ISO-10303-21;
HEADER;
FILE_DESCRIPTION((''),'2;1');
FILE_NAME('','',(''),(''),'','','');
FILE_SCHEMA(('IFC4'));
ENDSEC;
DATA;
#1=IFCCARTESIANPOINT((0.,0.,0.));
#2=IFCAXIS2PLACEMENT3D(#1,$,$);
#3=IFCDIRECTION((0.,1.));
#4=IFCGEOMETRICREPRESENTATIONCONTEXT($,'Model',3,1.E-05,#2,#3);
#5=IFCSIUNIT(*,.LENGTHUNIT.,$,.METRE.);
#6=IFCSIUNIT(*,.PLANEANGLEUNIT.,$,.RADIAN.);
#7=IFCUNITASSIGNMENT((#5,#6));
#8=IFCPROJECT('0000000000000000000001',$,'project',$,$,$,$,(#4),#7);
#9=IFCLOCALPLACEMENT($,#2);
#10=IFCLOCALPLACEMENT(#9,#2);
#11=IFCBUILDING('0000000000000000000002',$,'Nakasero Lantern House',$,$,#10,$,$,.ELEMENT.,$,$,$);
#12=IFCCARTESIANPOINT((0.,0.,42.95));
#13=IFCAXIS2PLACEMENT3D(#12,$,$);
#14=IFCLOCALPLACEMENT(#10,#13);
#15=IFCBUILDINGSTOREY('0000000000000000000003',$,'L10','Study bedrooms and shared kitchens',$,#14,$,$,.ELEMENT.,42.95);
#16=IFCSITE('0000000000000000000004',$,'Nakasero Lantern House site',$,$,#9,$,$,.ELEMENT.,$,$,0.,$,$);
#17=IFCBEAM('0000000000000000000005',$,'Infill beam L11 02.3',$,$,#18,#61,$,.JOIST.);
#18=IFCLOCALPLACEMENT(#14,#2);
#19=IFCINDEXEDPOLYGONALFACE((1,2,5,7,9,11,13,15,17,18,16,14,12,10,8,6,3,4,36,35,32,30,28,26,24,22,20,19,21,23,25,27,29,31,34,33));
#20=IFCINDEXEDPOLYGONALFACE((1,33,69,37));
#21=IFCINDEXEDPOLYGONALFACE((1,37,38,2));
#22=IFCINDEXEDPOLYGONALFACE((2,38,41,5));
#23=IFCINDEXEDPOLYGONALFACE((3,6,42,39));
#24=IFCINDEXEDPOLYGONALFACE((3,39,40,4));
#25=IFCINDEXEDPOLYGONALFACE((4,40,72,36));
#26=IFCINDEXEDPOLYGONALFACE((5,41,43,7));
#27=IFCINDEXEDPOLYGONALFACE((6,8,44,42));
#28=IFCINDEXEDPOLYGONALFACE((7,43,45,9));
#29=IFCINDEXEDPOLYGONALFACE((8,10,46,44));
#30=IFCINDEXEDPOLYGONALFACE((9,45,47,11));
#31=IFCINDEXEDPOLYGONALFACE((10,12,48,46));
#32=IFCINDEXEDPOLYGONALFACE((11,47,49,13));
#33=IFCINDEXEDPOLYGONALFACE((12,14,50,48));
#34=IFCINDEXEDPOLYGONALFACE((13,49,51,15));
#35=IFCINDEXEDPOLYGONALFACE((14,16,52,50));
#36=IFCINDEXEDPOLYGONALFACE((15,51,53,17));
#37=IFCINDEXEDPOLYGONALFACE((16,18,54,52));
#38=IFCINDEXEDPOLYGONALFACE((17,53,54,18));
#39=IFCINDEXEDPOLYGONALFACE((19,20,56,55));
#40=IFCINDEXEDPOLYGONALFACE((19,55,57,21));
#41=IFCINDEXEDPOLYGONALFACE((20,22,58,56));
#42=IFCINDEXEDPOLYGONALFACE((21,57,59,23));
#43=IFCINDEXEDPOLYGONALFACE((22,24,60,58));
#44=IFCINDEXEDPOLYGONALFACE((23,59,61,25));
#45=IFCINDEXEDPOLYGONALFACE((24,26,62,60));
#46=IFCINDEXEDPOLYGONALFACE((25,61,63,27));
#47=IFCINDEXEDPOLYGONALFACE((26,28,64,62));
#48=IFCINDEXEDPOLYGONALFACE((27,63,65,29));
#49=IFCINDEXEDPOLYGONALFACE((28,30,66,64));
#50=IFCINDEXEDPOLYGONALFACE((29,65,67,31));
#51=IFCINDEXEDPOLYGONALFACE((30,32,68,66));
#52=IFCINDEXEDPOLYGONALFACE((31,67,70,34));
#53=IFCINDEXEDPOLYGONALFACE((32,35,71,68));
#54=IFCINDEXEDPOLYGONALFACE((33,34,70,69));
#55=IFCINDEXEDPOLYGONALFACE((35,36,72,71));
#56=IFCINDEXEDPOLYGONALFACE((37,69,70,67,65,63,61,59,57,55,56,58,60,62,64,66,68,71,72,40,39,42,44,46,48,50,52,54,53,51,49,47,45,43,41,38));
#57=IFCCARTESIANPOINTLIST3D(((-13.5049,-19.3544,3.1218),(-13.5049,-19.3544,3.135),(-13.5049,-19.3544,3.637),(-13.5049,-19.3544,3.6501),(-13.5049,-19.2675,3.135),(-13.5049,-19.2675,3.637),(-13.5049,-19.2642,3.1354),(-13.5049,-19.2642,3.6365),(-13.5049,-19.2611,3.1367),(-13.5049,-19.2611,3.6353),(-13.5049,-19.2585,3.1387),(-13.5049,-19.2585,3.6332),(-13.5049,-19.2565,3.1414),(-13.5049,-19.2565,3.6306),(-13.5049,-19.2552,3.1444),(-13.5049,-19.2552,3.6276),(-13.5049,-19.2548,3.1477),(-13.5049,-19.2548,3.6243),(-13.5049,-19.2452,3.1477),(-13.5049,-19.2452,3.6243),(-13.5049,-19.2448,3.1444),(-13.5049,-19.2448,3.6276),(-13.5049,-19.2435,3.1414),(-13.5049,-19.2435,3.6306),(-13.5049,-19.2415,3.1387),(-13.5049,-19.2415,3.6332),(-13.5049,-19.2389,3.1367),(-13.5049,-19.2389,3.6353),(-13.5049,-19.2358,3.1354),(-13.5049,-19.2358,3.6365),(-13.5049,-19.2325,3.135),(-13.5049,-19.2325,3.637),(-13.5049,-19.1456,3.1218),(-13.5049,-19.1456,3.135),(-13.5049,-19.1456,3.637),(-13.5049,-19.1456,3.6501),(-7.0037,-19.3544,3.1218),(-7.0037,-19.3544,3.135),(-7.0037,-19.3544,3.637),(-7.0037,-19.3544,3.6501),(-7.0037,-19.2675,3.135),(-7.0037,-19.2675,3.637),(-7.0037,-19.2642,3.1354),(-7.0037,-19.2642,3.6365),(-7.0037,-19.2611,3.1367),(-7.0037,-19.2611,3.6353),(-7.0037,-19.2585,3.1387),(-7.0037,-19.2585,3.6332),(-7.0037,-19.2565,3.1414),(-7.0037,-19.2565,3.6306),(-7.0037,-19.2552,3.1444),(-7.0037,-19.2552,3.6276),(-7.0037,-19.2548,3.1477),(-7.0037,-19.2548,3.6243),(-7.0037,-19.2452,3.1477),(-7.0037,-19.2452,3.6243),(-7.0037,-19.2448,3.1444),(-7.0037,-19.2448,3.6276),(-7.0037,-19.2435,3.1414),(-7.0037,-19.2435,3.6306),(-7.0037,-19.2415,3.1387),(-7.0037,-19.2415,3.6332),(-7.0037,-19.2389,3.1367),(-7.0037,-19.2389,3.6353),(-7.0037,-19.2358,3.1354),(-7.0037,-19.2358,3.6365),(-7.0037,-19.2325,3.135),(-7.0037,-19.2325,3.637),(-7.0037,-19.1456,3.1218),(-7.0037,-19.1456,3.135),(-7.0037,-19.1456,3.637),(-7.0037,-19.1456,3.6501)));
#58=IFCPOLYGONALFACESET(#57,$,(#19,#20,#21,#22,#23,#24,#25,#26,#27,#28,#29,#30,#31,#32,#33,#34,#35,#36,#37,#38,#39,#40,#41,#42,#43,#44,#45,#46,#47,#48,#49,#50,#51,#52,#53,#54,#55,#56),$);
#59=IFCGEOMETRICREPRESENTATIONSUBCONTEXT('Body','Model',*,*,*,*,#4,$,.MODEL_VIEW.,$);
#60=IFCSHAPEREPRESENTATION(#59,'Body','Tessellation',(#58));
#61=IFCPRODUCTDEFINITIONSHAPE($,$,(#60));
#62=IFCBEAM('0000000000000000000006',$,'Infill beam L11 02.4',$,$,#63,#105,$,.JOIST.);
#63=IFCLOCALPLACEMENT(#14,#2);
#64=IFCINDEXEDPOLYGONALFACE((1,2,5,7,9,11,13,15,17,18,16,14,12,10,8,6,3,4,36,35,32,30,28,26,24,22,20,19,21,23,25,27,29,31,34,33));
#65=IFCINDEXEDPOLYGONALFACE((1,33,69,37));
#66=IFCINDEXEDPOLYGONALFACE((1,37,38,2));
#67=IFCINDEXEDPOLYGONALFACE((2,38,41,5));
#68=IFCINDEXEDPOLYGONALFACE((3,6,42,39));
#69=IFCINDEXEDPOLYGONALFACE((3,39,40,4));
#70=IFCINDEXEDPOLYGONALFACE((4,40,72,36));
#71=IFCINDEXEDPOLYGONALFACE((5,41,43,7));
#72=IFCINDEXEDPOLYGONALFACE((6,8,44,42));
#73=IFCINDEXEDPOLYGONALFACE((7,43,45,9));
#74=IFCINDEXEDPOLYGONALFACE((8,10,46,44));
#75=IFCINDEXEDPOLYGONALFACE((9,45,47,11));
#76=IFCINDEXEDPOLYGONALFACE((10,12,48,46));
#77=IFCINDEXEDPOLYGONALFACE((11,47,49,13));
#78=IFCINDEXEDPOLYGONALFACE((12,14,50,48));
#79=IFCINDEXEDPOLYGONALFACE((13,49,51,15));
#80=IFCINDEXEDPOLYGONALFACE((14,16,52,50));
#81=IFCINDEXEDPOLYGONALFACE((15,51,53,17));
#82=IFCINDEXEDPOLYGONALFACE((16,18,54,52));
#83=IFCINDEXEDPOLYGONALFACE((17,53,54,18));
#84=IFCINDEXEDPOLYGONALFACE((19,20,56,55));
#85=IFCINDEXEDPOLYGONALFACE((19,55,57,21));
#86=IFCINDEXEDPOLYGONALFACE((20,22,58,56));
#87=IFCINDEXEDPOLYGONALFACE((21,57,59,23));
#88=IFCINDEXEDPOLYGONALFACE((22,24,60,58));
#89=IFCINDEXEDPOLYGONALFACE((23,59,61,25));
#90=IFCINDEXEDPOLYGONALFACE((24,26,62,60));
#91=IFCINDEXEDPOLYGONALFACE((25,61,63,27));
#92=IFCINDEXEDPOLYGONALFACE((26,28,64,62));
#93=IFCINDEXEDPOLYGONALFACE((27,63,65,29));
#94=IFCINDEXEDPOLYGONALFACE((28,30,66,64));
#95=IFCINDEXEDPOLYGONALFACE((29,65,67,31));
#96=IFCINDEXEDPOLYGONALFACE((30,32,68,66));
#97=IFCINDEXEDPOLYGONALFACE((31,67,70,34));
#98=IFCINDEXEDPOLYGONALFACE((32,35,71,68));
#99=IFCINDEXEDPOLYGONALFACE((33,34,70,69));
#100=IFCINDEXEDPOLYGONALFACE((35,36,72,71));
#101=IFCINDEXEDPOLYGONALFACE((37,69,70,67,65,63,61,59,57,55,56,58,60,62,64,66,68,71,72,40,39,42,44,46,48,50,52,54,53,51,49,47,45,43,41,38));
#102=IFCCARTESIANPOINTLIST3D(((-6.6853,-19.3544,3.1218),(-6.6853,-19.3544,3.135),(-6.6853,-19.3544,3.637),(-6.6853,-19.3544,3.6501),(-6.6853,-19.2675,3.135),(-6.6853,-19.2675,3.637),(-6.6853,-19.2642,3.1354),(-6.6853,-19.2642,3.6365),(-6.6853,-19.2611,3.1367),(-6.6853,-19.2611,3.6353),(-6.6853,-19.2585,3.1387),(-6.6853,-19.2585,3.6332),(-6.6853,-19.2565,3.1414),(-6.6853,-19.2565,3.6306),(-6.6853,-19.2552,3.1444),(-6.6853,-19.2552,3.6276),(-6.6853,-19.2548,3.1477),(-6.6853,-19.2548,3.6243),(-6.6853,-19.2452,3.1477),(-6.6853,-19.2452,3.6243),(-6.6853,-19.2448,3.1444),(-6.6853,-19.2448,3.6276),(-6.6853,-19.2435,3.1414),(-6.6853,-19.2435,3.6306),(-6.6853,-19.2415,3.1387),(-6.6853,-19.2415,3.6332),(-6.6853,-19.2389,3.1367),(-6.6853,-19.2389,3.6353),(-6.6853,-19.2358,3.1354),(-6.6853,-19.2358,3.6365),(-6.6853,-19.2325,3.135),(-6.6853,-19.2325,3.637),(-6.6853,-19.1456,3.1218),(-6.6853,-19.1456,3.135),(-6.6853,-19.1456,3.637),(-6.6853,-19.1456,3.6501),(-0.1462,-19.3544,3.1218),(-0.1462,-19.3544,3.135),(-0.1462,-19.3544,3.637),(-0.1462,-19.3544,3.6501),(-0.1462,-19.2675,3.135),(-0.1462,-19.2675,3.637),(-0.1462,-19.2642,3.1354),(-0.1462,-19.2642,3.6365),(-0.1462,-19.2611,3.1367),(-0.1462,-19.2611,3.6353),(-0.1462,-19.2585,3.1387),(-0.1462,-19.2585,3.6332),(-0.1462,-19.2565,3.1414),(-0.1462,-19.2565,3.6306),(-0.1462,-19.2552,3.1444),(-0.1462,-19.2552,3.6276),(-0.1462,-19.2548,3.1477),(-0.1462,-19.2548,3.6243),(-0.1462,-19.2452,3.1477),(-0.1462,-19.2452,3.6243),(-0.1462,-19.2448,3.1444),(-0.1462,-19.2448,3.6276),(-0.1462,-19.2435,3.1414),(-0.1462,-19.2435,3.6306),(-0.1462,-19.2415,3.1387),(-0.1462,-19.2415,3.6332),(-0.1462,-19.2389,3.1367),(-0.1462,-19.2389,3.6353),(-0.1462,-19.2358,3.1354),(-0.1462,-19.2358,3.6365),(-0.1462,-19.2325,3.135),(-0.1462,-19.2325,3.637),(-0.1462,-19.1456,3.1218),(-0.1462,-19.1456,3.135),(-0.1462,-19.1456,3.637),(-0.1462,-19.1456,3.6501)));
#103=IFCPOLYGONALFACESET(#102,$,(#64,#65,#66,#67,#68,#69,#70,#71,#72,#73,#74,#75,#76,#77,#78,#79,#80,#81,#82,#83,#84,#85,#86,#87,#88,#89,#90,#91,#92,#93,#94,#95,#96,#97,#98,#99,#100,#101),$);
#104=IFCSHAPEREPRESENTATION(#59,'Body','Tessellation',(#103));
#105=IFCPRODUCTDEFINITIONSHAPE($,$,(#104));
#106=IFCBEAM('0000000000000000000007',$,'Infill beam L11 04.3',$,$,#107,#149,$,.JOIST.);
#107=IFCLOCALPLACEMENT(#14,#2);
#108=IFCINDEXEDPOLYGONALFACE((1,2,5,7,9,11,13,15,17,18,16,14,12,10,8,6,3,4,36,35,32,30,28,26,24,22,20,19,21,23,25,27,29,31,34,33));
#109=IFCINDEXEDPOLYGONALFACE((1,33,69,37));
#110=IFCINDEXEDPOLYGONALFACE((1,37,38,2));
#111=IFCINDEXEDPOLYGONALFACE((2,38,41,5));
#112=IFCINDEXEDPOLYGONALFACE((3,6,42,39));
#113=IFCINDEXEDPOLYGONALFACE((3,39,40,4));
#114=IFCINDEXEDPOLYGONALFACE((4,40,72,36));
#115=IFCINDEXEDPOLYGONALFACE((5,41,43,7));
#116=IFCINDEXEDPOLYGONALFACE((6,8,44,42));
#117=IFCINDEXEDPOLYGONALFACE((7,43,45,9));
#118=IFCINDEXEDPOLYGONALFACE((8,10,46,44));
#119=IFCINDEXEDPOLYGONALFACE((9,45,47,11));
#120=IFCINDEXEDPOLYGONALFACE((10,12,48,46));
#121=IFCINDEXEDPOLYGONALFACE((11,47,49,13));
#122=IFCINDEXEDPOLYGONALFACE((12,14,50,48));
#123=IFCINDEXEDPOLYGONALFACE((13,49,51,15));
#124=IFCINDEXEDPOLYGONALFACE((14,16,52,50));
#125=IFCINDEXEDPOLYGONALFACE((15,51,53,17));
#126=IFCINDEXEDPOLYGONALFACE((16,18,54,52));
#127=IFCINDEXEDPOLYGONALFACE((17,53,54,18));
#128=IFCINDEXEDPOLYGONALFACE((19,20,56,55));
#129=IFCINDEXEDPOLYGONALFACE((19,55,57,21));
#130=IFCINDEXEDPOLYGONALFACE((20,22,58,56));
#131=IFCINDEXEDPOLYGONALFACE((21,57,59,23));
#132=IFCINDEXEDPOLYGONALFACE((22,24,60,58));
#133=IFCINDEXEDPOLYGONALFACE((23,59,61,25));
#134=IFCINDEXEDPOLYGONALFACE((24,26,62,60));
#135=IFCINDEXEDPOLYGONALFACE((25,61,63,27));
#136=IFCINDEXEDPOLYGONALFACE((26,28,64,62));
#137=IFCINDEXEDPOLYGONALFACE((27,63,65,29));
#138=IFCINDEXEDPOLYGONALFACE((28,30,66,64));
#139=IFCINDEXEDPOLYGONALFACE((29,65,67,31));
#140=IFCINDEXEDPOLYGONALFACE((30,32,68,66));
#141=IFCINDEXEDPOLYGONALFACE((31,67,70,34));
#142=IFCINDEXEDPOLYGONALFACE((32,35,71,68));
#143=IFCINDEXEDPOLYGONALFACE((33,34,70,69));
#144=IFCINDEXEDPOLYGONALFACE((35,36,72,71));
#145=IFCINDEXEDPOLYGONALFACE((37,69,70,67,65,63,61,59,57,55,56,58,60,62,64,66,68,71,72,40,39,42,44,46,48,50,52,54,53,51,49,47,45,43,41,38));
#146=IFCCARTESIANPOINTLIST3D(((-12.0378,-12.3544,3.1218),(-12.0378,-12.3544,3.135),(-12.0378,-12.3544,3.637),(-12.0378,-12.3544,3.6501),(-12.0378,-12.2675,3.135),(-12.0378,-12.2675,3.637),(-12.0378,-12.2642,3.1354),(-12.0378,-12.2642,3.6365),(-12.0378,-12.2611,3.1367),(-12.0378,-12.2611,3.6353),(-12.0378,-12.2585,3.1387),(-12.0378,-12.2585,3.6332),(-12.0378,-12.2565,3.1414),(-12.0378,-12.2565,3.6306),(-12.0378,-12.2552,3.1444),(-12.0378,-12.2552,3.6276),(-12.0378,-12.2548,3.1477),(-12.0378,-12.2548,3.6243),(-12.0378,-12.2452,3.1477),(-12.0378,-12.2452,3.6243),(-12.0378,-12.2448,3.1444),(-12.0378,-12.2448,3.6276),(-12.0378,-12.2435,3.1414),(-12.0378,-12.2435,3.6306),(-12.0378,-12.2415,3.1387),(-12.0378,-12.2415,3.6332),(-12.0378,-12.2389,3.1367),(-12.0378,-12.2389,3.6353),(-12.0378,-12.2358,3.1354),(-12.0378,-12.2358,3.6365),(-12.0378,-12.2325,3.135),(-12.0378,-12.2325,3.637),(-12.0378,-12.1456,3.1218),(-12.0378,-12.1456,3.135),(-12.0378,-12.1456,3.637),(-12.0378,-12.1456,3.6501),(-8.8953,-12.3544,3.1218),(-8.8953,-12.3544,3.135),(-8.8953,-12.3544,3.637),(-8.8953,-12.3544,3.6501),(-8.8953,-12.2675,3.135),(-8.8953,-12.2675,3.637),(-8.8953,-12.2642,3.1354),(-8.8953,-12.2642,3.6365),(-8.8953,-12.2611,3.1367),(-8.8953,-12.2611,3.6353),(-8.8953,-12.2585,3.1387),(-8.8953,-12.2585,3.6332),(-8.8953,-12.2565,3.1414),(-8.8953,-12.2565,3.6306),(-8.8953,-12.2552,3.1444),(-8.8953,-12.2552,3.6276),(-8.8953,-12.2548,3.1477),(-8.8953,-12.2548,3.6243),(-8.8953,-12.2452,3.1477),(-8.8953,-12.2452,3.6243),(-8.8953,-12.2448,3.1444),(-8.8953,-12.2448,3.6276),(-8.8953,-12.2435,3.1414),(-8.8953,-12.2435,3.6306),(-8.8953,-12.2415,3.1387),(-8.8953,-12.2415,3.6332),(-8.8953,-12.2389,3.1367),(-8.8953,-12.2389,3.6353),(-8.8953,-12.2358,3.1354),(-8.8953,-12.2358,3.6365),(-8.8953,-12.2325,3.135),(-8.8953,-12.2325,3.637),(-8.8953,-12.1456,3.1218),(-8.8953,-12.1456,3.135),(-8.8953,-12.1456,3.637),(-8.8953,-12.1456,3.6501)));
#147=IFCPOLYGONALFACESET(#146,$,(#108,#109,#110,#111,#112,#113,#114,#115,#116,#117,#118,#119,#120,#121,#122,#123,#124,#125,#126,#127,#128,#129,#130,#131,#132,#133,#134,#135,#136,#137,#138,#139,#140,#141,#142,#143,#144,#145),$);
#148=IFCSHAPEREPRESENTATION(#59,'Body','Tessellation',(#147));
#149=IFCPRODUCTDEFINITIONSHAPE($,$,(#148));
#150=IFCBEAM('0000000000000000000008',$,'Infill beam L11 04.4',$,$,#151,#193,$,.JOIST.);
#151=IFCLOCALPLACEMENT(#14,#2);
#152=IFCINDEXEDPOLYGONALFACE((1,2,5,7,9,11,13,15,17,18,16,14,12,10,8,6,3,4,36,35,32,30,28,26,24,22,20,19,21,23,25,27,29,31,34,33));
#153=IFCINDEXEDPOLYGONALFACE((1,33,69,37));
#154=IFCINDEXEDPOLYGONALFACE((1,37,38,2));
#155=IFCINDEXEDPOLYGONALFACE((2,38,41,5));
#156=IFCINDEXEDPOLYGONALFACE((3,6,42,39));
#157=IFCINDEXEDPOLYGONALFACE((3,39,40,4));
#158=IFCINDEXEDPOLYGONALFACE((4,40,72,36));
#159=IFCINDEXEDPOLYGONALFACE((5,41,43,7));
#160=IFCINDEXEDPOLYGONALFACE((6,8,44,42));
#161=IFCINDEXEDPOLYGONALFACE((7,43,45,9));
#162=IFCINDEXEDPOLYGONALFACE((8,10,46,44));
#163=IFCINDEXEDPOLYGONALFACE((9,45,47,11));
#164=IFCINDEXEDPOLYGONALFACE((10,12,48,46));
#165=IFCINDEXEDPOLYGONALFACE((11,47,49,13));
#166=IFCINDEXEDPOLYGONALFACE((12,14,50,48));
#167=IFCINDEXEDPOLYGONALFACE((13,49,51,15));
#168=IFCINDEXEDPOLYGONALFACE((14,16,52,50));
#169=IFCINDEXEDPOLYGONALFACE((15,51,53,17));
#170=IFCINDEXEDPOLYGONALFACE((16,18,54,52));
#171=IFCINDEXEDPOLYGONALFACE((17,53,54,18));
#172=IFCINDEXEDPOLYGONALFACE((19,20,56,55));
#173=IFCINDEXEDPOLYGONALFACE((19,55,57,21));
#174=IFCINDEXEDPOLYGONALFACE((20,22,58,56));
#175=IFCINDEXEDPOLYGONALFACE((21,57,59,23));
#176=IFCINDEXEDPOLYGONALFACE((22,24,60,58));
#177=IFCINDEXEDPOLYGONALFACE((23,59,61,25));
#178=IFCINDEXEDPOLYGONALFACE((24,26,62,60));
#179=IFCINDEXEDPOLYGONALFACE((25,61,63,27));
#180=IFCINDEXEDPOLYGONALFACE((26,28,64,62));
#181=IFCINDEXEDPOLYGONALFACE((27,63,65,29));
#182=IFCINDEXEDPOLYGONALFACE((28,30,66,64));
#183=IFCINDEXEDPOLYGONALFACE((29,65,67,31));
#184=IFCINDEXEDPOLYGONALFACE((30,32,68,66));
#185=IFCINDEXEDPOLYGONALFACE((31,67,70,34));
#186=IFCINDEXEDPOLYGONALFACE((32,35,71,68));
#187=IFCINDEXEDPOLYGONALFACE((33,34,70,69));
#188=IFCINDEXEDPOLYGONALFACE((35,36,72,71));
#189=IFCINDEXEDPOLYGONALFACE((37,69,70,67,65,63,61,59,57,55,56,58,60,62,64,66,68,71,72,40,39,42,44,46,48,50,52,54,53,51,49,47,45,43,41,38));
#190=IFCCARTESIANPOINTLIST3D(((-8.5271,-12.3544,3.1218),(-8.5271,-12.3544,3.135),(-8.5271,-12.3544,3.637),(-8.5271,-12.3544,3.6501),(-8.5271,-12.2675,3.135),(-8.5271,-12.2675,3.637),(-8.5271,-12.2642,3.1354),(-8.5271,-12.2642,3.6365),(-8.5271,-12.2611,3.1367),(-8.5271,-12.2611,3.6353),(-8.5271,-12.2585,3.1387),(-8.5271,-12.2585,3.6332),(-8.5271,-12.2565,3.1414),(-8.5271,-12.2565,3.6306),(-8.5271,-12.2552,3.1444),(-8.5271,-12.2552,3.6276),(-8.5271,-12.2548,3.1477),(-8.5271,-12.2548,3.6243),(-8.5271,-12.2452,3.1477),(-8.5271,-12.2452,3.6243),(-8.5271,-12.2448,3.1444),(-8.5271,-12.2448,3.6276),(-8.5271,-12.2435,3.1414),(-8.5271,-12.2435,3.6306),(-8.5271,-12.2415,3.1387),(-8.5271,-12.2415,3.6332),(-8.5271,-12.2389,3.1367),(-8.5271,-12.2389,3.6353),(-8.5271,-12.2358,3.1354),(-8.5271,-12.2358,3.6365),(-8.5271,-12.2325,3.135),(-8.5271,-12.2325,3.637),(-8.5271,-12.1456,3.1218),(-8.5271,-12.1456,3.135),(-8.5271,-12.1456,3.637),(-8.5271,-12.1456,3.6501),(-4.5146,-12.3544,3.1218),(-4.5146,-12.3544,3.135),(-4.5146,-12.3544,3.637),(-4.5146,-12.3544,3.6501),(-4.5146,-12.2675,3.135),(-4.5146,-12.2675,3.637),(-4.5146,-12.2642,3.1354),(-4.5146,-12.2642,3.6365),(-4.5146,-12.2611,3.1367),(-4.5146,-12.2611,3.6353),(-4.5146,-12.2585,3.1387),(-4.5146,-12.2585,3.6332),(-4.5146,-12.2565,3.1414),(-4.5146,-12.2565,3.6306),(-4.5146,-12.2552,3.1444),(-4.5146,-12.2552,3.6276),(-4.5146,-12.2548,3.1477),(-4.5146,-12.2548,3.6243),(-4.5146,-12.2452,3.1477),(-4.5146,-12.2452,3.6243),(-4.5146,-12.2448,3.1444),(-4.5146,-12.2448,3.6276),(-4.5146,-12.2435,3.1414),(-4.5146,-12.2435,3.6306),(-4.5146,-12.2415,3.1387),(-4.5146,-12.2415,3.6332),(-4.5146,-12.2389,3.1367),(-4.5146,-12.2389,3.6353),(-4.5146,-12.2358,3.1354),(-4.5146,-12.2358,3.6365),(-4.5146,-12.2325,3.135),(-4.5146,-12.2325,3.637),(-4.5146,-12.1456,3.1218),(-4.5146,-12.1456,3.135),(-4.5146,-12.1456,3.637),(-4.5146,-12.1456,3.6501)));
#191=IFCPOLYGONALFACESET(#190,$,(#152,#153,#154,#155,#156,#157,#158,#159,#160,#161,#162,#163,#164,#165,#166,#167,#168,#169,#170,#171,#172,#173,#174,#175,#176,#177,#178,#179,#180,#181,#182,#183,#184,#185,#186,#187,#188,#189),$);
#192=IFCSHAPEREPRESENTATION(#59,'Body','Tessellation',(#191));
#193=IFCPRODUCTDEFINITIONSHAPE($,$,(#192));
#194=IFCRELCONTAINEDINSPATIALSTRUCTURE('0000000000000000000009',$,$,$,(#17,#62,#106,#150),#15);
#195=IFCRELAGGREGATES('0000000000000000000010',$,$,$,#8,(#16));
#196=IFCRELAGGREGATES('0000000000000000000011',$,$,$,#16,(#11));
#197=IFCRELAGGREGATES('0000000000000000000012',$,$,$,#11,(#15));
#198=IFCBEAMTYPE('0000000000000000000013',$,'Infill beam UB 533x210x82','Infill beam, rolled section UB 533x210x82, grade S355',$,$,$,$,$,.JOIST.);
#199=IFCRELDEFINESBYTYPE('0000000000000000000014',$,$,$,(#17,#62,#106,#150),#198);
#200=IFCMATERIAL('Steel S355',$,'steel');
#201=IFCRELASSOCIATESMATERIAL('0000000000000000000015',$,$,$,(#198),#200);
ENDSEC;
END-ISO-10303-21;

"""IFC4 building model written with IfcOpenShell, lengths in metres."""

from ifc_helpers import new_model, si_unit, direction, frame, origin, origin_2d, place, context, subcontext, project, spatial, i_section, extrude, material, material_profile, profile_set, type_object, element, save


model = new_model("IFC4")

# Units and contexts
model_context = context("Model", 3, precision=1e-05, world=origin(), true_north=direction((0.0, 1.0)))
body_context = subcontext(model_context, "Body", "Model", "MODEL_VIEW")
ifc_project = project(units=[si_unit("LENGTHUNIT", "METRE"), si_unit("PLANEANGLEUNIT", "RADIAN")], contexts=[model_context])

# Site, building, storey
site_placement = place(None, origin())
site = spatial("IfcSite", under=ifc_project, at=site_placement, Name="Nakasero Lantern House site", CompositionType="ELEMENT", RefElevation=0.0)
building_placement = place(site_placement, origin())
building = spatial("IfcBuilding", under=site, at=building_placement, Name="Nakasero Lantern House", CompositionType="ELEMENT")
storey_placement = place(building_placement, frame((0.0, 0.0, 42.95)))
storey = spatial("IfcBuildingStorey", under=building, at=storey_placement, Name="L10", Description="Study bedrooms and shared kitchens", CompositionType="ELEMENT", Elevation=42.95)

# Beams
ifc_material_1 = material(Name="Steel S355", Category="steel")
ifc_material_profile_1 = material_profile(ifc_material_1, i_section(OverallWidth=0.2087, OverallDepth=0.5283, WebThickness=0.0095, FlangeThickness=0.0132, FilletRadius=0.0127, at=origin_2d()), Name="UB 533x210x82")
ifc_profile_set_1 = profile_set([ifc_material_profile_1], Name="Steel S355")
beam_type_1 = type_object("IfcBeamType", Name="Infill beam UB 533x210x82", Description="Infill beam, rolled section UB 533x210x82, grade S355", PredefinedType="JOIST", material=ifc_profile_set_1)
beam_1_placement = place(storey_placement, frame((-13.5049, -19.25, 3.386), z_axis=(1.0, 0.0, 0.0), x_axis=(0.0, 1.0, 0.0)))
element("IfcBeam", 1, at=beam_1_placement, inside=storey, type_object=beam_type_1, Name="Infill beam L11 02.3", PredefinedType="JOIST", context=body_context, shape_type="SweptSolid", body=[
    extrude(i_section(OverallWidth=0.2087, OverallDepth=0.5283, WebThickness=0.0095, FlangeThickness=0.0132, FilletRadius=0.0127, at=origin_2d()), origin(), (0.0, 0.0, 1.0), 6.5012),
])
beam_2_placement = place(storey_placement, frame((-6.6853, -19.25, 3.386), z_axis=(1.0, 0.0, 0.0), x_axis=(0.0, 1.0, 0.0)))
element("IfcBeam", 2, at=beam_2_placement, inside=storey, type_object=beam_type_1, Name="Infill beam L11 02.4", PredefinedType="JOIST", context=body_context, shape_type="SweptSolid", body=[
    extrude(i_section(OverallWidth=0.2087, OverallDepth=0.5283, WebThickness=0.0095, FlangeThickness=0.0132, FilletRadius=0.0127, at=origin_2d()), origin(), (0.0, 0.0, 1.0), 6.5391),
])
beam_3_placement = place(storey_placement, frame((-12.0378, -12.25, 3.386), z_axis=(1.0, 0.0, 0.0), x_axis=(0.0, 1.0, 0.0)))
element("IfcBeam", 3, at=beam_3_placement, inside=storey, type_object=beam_type_1, Name="Infill beam L11 04.3", PredefinedType="JOIST", context=body_context, shape_type="SweptSolid", body=[
    extrude(i_section(OverallWidth=0.2087, OverallDepth=0.5283, WebThickness=0.0095, FlangeThickness=0.0132, FilletRadius=0.0127, at=origin_2d()), origin(), (0.0, 0.0, 1.0), 3.1426),
])
beam_4_placement = place(storey_placement, frame((-8.5271, -12.25, 3.386), z_axis=(1.0, 0.0, 0.0), x_axis=(0.0, 1.0, 0.0)))
element("IfcBeam", 4, at=beam_4_placement, inside=storey, type_object=beam_type_1, Name="Infill beam L11 04.4", PredefinedType="JOIST", context=body_context, shape_type="SweptSolid", body=[
    extrude(i_section(OverallWidth=0.2087, OverallDepth=0.5283, WebThickness=0.0095, FlangeThickness=0.0132, FilletRadius=0.0127, at=origin_2d()), origin(), (0.0, 0.0, 1.0), 4.0125),
])

save(model, "model.ifc")
